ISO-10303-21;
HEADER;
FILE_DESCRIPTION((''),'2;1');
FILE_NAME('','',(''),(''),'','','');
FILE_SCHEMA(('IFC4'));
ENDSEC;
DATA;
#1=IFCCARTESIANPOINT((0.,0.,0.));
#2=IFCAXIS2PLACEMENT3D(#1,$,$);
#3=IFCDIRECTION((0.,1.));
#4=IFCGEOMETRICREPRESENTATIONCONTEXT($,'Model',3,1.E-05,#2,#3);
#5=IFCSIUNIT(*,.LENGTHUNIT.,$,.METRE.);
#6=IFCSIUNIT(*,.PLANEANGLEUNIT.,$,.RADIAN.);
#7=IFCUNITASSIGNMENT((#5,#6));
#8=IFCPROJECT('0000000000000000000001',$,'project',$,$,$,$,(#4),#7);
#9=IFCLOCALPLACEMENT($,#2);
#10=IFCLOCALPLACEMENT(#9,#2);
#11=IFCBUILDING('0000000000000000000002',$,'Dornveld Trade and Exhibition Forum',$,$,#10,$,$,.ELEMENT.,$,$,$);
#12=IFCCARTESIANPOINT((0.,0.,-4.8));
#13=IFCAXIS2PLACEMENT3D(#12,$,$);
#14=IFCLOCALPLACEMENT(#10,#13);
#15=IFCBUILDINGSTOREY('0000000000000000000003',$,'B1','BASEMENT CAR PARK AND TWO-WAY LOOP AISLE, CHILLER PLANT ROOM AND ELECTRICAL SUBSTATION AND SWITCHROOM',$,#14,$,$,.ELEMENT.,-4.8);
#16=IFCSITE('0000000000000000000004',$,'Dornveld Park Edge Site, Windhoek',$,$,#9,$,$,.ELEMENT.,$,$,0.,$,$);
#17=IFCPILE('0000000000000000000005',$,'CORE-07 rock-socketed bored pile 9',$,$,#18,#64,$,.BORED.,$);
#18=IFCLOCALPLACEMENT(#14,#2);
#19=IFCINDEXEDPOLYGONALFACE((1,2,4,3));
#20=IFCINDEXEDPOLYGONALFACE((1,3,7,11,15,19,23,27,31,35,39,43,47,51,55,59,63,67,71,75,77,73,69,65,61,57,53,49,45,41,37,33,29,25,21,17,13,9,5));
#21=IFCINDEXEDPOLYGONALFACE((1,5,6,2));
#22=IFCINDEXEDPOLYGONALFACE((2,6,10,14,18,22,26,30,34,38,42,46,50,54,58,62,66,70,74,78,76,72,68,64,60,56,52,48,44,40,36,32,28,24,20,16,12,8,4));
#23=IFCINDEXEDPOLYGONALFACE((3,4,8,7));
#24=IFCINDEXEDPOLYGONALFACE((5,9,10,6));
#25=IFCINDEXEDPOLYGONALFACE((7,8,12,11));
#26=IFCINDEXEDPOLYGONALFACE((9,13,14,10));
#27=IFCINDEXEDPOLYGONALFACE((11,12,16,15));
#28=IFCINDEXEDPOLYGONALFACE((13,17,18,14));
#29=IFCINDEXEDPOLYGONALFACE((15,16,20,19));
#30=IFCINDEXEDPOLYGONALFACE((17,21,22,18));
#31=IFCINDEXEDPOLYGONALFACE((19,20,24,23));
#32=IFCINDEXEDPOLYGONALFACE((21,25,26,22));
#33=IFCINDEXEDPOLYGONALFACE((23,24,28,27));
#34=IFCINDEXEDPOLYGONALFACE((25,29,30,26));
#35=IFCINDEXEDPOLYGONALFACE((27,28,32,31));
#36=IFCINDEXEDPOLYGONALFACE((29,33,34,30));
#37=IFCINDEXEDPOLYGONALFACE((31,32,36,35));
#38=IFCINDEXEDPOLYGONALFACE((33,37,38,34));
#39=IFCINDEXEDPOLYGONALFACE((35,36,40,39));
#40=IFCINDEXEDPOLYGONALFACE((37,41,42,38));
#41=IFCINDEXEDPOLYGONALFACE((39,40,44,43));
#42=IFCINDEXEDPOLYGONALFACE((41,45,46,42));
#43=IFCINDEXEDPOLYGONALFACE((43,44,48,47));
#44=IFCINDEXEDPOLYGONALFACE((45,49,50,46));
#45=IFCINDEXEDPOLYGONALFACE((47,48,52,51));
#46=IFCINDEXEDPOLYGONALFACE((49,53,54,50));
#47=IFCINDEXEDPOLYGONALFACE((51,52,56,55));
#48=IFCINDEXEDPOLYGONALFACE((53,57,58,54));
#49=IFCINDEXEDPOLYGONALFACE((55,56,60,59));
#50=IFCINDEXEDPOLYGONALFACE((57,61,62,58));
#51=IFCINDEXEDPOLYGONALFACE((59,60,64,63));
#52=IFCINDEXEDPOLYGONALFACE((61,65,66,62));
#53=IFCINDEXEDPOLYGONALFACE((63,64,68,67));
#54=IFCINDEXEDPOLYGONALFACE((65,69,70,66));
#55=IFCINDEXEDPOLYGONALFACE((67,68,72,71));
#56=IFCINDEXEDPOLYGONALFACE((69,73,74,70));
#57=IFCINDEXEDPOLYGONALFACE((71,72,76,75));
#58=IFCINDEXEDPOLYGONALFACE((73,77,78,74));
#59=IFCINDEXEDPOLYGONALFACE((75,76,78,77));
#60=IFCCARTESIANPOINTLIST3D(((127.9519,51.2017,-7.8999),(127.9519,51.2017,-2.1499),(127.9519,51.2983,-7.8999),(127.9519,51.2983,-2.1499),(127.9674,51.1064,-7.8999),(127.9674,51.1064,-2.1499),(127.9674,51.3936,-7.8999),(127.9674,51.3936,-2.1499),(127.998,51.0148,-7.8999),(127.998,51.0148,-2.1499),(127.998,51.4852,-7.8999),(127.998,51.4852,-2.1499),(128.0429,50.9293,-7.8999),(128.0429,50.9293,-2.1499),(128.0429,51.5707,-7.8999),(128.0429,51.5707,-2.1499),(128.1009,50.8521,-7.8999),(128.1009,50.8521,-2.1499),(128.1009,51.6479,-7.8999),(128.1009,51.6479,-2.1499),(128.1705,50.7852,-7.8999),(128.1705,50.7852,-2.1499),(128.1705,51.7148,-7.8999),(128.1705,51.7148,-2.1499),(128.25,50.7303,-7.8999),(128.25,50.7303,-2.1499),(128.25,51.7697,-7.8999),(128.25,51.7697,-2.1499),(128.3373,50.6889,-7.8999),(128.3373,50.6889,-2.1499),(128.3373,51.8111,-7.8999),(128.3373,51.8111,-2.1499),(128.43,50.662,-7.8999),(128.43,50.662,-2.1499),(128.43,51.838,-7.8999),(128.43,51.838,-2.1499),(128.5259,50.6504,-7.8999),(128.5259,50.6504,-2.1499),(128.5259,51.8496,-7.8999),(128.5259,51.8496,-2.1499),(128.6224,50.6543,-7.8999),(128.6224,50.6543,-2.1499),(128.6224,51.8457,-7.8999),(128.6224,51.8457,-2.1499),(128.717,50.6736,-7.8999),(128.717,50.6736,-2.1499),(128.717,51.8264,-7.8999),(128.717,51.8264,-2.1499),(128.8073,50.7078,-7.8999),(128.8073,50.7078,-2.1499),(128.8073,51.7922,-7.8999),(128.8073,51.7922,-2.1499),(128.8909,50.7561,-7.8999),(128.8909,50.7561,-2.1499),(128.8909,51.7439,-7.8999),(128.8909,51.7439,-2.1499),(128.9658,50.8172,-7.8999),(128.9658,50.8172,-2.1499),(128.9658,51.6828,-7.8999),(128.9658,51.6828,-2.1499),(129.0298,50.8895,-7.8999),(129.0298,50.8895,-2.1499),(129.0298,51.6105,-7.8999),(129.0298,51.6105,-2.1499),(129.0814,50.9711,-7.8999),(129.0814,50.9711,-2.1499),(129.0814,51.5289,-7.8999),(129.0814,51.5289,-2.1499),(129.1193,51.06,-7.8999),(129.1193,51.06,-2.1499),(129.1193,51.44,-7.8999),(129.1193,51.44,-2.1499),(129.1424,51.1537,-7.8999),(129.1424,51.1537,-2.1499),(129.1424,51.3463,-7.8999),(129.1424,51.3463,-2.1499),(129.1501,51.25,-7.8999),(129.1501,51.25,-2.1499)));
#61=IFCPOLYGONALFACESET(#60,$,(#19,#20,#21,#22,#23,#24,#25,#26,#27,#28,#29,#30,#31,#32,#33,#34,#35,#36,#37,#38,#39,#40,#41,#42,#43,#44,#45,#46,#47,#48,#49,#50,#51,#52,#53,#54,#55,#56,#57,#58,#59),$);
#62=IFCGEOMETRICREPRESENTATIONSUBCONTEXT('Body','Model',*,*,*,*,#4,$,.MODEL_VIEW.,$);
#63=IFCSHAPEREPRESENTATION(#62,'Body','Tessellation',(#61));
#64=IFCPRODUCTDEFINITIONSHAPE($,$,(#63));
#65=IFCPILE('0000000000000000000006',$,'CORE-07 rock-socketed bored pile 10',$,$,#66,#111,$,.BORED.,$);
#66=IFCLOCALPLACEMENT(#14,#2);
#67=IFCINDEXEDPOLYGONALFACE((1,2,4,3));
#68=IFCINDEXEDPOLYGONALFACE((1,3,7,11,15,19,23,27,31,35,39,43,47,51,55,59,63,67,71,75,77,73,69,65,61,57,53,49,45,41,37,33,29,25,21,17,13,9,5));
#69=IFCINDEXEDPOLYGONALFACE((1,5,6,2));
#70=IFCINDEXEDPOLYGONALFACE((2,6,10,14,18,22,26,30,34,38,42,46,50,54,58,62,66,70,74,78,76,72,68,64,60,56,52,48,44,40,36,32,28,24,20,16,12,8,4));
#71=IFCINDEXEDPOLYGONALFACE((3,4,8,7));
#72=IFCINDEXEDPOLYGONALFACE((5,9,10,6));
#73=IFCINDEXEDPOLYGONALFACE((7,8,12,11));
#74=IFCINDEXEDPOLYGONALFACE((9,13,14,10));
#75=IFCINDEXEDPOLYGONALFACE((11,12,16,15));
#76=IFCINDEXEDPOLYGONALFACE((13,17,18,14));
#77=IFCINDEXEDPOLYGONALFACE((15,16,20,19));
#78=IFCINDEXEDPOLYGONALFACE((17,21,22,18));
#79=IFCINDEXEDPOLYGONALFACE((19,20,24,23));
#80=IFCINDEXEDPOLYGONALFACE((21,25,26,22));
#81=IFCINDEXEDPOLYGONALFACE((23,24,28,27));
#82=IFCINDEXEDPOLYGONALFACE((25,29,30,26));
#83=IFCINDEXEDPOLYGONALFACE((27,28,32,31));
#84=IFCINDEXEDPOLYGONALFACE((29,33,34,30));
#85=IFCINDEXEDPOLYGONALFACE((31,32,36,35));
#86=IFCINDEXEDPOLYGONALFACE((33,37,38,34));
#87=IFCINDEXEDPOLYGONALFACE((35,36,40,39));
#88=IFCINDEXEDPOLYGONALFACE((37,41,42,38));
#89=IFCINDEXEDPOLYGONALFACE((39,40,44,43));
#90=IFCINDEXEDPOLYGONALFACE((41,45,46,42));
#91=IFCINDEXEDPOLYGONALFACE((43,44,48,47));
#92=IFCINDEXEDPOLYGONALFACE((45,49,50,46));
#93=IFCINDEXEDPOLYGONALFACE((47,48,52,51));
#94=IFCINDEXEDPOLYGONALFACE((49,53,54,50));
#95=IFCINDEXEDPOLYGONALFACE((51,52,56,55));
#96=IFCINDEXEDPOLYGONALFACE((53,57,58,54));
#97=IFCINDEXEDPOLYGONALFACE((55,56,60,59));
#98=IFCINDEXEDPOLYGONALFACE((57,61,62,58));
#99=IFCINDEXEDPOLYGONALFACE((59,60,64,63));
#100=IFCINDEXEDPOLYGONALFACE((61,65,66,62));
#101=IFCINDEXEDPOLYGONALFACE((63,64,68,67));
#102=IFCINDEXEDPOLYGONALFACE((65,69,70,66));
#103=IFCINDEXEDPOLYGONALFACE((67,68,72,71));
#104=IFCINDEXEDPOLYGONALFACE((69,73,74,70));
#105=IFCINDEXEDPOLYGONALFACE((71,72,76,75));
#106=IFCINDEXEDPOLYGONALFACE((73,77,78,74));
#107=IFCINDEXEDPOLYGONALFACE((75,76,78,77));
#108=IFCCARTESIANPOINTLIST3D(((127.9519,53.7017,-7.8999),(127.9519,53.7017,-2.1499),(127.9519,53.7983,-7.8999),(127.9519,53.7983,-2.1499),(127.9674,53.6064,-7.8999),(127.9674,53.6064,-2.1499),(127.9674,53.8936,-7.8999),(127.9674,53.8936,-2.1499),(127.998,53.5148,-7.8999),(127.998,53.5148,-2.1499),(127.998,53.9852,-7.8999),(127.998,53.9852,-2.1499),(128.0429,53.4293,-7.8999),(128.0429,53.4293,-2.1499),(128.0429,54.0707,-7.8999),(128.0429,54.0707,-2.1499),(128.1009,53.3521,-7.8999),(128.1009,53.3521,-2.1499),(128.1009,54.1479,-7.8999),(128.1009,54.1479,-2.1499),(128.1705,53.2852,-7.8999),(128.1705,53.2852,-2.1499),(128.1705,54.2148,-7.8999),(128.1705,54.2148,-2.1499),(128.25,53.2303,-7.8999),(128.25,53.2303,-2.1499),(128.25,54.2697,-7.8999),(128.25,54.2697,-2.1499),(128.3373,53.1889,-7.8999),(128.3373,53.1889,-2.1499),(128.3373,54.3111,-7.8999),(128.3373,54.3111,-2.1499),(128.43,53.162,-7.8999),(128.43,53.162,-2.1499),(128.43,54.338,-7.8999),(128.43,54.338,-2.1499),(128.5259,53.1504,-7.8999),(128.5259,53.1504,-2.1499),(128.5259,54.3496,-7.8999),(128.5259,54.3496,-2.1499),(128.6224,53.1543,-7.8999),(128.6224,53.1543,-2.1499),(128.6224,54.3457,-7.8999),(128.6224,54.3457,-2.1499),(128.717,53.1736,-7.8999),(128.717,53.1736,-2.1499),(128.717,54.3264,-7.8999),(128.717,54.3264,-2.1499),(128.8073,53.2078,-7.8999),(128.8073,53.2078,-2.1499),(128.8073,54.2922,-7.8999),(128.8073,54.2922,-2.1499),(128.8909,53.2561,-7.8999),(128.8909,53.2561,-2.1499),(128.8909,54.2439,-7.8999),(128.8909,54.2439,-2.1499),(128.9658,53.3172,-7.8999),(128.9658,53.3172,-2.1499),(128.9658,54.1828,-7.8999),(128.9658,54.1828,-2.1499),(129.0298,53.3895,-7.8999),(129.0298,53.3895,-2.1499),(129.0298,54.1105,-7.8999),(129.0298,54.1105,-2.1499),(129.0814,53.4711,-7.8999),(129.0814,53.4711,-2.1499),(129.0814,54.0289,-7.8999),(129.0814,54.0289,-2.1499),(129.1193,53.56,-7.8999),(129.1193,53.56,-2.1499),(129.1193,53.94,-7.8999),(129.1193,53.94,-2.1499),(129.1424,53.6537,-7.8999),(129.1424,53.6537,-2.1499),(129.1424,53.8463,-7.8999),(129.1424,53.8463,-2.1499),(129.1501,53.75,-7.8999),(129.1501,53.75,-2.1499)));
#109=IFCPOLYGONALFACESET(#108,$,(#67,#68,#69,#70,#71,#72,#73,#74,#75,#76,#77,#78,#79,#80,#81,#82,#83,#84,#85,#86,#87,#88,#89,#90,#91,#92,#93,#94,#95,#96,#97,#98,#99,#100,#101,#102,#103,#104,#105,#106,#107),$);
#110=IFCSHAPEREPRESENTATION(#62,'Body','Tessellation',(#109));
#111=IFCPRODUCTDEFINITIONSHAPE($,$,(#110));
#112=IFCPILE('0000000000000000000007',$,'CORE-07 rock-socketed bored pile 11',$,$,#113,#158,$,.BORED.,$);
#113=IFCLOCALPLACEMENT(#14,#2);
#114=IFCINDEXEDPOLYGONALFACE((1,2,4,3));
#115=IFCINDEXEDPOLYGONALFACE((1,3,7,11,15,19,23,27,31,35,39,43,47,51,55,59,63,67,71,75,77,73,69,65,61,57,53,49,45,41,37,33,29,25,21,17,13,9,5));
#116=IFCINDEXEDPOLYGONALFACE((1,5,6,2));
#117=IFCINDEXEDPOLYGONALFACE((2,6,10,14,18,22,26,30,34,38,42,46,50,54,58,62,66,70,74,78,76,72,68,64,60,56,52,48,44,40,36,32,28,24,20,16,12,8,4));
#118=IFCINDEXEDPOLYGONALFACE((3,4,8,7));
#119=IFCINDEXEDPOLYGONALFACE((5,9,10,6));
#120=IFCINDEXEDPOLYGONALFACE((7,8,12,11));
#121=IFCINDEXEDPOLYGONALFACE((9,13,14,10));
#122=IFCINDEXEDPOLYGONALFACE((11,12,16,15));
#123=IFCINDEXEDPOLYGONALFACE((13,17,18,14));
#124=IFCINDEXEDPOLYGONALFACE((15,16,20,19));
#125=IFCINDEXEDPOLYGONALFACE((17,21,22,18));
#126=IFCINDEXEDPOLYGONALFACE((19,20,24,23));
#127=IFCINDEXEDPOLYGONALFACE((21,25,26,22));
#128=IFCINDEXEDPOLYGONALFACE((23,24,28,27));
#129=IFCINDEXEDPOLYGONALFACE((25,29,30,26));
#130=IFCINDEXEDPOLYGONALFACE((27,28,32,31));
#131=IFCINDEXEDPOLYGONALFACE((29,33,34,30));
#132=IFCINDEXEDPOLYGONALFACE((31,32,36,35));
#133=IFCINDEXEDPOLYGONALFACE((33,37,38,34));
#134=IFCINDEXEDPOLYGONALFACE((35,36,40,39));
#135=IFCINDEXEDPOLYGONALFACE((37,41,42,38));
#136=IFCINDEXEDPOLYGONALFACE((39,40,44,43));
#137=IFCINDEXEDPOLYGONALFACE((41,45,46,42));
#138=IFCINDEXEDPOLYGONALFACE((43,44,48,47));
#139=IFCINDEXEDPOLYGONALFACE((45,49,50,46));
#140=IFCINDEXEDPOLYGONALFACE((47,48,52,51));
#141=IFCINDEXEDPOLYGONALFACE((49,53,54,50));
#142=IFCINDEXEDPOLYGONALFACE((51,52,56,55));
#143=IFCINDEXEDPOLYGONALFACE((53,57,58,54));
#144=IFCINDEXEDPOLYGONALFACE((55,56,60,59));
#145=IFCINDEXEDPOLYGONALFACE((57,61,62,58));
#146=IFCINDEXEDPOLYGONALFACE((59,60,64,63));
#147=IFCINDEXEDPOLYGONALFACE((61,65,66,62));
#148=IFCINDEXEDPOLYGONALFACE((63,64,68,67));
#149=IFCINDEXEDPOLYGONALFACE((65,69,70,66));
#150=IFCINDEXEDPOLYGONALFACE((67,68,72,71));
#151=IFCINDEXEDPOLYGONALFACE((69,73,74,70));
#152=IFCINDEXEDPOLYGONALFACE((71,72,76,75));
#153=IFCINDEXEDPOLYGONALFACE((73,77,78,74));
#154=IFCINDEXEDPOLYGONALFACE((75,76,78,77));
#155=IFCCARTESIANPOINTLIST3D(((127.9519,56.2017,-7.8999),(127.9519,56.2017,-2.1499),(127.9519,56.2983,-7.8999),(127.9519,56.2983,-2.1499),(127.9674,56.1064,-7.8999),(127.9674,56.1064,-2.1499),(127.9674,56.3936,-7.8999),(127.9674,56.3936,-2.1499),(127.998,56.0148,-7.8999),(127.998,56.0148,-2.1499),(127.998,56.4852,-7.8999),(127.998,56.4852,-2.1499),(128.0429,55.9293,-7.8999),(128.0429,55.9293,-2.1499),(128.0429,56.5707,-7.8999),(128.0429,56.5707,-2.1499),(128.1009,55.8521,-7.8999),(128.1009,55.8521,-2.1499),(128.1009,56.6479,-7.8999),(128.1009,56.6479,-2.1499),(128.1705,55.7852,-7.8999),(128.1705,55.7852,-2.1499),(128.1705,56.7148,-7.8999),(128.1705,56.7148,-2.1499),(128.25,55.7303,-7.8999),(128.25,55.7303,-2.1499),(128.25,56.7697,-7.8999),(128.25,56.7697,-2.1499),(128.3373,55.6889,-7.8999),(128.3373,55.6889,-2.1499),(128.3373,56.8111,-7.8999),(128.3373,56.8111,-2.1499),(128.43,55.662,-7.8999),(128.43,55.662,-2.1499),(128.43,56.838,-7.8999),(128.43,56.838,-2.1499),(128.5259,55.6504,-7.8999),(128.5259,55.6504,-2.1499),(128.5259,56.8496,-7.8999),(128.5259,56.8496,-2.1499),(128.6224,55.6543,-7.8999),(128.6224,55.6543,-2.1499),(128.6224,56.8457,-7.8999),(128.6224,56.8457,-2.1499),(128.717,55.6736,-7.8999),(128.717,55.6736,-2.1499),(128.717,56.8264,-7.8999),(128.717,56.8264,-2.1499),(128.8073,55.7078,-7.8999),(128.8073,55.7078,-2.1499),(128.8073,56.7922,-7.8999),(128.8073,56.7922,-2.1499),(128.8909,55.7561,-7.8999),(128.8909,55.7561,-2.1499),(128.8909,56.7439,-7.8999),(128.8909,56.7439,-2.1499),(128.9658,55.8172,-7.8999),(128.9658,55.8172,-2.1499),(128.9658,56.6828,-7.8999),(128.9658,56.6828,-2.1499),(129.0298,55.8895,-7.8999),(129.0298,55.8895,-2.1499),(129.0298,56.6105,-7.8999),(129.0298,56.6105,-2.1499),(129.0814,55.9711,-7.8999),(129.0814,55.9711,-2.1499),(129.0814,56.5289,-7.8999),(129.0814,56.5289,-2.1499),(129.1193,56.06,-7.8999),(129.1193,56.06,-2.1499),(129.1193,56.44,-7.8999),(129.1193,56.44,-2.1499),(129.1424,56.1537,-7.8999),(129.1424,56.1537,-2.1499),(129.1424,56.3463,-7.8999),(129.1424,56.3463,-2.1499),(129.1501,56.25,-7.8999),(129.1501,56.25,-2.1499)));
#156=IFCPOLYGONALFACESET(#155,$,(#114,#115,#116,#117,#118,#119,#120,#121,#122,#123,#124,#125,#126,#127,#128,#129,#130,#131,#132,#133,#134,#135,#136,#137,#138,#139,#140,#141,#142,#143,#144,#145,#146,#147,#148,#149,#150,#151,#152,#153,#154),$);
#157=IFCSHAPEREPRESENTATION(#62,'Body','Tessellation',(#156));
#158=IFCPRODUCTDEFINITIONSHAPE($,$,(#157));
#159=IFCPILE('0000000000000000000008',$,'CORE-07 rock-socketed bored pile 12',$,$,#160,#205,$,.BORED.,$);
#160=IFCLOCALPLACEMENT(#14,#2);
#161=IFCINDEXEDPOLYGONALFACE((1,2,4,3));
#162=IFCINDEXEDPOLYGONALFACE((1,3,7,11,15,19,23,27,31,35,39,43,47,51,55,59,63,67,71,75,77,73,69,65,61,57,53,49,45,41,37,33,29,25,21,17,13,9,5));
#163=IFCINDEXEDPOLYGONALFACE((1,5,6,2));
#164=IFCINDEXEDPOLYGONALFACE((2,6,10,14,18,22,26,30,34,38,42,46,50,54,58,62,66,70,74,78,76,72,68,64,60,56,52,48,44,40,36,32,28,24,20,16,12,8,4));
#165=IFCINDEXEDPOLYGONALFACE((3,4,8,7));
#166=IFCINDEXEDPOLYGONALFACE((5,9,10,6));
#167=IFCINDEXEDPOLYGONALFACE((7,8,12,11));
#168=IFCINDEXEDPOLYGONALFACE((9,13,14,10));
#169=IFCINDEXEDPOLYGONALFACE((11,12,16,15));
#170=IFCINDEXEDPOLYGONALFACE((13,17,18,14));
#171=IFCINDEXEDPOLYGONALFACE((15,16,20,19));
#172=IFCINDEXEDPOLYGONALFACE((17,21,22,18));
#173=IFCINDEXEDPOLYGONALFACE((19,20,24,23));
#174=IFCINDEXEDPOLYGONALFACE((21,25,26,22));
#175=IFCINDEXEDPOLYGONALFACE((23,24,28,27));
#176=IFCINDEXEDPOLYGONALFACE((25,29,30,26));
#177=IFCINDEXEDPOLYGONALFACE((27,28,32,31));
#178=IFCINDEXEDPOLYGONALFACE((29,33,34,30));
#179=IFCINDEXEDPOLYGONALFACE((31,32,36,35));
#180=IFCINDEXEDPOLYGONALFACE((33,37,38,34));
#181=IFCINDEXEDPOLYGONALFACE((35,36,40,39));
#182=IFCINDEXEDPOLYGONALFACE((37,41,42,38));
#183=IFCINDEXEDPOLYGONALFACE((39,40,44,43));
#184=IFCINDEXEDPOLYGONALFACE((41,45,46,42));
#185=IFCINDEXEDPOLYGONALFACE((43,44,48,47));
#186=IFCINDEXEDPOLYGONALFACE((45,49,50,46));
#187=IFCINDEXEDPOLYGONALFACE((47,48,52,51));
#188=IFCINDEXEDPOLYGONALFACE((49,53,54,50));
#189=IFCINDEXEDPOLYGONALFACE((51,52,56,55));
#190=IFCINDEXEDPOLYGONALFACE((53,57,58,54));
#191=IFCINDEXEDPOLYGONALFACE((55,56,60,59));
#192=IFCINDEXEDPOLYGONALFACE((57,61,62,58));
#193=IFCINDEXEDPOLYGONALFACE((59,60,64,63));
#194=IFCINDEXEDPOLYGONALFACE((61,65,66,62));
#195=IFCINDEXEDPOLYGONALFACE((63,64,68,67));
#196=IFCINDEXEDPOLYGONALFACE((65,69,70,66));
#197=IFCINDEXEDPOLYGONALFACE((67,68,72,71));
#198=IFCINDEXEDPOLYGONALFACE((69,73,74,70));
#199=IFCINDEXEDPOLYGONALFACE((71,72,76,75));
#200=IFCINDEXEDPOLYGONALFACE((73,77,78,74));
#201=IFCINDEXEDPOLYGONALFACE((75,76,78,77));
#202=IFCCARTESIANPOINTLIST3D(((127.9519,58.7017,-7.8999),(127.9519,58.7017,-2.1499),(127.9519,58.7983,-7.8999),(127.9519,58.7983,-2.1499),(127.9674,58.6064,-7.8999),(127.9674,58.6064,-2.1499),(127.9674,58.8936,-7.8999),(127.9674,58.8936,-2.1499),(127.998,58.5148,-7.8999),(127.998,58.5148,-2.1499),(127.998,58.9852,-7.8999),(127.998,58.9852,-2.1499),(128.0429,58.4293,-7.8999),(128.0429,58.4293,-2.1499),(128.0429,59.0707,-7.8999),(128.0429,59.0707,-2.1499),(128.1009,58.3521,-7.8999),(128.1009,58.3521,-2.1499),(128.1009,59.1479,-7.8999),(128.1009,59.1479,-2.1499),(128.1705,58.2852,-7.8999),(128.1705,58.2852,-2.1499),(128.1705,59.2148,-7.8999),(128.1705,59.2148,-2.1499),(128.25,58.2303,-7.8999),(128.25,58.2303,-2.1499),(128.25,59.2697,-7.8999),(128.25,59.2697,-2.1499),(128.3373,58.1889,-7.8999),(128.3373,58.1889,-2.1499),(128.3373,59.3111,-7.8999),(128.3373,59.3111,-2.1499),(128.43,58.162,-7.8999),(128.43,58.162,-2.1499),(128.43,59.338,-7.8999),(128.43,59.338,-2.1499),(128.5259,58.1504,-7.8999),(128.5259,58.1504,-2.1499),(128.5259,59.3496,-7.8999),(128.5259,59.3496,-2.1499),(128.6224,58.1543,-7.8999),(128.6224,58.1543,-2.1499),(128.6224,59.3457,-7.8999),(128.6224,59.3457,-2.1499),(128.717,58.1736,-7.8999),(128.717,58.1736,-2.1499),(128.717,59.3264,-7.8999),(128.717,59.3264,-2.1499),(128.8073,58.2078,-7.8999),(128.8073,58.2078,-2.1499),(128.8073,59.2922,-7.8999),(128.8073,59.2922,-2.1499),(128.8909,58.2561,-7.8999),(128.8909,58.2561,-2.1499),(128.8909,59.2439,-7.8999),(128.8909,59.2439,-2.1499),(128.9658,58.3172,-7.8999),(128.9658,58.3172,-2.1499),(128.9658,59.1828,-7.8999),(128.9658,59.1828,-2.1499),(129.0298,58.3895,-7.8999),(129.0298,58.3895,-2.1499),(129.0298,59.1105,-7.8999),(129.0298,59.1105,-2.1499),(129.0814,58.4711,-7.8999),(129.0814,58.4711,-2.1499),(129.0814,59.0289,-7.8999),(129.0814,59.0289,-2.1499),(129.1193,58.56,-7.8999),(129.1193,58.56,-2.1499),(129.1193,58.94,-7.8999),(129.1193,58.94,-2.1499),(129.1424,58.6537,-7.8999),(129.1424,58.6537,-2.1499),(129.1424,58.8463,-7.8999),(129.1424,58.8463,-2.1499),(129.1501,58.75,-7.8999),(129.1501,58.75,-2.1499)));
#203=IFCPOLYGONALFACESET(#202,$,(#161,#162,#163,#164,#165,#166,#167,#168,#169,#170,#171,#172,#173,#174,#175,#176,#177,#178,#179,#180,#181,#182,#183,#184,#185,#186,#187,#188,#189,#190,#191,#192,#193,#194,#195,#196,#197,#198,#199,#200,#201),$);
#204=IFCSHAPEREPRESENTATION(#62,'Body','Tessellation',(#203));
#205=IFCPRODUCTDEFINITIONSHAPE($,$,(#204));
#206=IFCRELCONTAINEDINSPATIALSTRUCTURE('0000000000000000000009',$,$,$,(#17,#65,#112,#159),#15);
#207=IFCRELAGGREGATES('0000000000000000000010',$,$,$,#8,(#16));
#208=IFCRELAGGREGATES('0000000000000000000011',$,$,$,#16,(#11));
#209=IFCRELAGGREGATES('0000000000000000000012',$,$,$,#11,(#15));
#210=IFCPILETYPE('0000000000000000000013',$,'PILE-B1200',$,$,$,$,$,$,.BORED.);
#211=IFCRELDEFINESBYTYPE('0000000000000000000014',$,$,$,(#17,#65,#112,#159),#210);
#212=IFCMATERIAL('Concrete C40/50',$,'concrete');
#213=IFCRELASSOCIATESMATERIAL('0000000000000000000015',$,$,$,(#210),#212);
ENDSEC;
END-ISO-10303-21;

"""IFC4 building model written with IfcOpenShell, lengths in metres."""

from ifc_helpers import new_model, si_unit, direction, frame, origin, origin_2d, place, context, subcontext, project, spatial, circle, extrude, material, material_profile, profile_set, type_object, element, save


model = new_model("IFC4")

# Units and contexts
model_context = context("Model", 3, precision=1e-05, world=origin(), true_north=direction((0.0, 1.0)))
body_context = subcontext(model_context, "Body", "Model", "MODEL_VIEW")
ifc_project = project(units=[si_unit("LENGTHUNIT", "METRE"), si_unit("PLANEANGLEUNIT", "RADIAN")], contexts=[model_context])

# Site, building, storey
site_placement = place(None, origin())
site = spatial("IfcSite", under=ifc_project, at=site_placement, Name="Dornveld Park Edge Site, Windhoek", CompositionType="ELEMENT", RefElevation=0.0)
building_placement = place(site_placement, origin())
building = spatial("IfcBuilding", under=site, at=building_placement, Name="Dornveld Trade and Exhibition Forum", CompositionType="ELEMENT")
storey_placement = place(building_placement, frame((0.0, 0.0, -4.8)))
storey = spatial("IfcBuildingStorey", under=building, at=storey_placement, Name="B1", Description="BASEMENT CAR PARK AND TWO-WAY LOOP AISLE, CHILLER PLANT ROOM AND ELECTRICAL SUBSTATION AND SWITCHROOM", CompositionType="ELEMENT", Elevation=-4.8)

# Piles
ifc_material_1 = material(Name="Concrete C40/50", Category="concrete")
ifc_material_profile_1 = material_profile(ifc_material_1, circle(Radius=0.6001, at=origin_2d()), Name="PILE D1200")
ifc_profile_set_1 = profile_set([ifc_material_profile_1], Name="Concrete C40/50")
pile_type_1 = type_object("IfcPileType", Name="PILE-B1200", PredefinedType="BORED", material=ifc_profile_set_1)
for number, where, z_axis, x_axis, name in (
    (1, (128.55, 51.25, -2.1499), (0.0, 0.0, -1.0), (1.0, 0.0, 0.0), "CORE-07 rock-socketed bored pile 9"),
    (2, (128.55, 53.75, -2.1499), (0.0, 0.0, -1.0), (1.0, 0.0, 0.0), "CORE-07 rock-socketed bored pile 10"),
    (3, (128.55, 56.25, -2.1499), (0.0, 0.0, -1.0), (1.0, 0.0, 0.0), "CORE-07 rock-socketed bored pile 11"),
    (4, (128.55, 58.75, -2.1499), (0.0, 0.0, -1.0), (1.0, 0.0, 0.0), "CORE-07 rock-socketed bored pile 12"),
):
    element("IfcPile", number, at=place(storey_placement, frame(where, z_axis=z_axis, x_axis=x_axis)), inside=storey, type_object=pile_type_1, Name=name, PredefinedType="BORED", context=body_context, shape_type="SweptSolid", body=[
        extrude(circle(Radius=0.6001, at=origin_2d()), origin(), (0.0, 0.0, 1.0), 5.75),
    ])

save(model, "model.ifc")
